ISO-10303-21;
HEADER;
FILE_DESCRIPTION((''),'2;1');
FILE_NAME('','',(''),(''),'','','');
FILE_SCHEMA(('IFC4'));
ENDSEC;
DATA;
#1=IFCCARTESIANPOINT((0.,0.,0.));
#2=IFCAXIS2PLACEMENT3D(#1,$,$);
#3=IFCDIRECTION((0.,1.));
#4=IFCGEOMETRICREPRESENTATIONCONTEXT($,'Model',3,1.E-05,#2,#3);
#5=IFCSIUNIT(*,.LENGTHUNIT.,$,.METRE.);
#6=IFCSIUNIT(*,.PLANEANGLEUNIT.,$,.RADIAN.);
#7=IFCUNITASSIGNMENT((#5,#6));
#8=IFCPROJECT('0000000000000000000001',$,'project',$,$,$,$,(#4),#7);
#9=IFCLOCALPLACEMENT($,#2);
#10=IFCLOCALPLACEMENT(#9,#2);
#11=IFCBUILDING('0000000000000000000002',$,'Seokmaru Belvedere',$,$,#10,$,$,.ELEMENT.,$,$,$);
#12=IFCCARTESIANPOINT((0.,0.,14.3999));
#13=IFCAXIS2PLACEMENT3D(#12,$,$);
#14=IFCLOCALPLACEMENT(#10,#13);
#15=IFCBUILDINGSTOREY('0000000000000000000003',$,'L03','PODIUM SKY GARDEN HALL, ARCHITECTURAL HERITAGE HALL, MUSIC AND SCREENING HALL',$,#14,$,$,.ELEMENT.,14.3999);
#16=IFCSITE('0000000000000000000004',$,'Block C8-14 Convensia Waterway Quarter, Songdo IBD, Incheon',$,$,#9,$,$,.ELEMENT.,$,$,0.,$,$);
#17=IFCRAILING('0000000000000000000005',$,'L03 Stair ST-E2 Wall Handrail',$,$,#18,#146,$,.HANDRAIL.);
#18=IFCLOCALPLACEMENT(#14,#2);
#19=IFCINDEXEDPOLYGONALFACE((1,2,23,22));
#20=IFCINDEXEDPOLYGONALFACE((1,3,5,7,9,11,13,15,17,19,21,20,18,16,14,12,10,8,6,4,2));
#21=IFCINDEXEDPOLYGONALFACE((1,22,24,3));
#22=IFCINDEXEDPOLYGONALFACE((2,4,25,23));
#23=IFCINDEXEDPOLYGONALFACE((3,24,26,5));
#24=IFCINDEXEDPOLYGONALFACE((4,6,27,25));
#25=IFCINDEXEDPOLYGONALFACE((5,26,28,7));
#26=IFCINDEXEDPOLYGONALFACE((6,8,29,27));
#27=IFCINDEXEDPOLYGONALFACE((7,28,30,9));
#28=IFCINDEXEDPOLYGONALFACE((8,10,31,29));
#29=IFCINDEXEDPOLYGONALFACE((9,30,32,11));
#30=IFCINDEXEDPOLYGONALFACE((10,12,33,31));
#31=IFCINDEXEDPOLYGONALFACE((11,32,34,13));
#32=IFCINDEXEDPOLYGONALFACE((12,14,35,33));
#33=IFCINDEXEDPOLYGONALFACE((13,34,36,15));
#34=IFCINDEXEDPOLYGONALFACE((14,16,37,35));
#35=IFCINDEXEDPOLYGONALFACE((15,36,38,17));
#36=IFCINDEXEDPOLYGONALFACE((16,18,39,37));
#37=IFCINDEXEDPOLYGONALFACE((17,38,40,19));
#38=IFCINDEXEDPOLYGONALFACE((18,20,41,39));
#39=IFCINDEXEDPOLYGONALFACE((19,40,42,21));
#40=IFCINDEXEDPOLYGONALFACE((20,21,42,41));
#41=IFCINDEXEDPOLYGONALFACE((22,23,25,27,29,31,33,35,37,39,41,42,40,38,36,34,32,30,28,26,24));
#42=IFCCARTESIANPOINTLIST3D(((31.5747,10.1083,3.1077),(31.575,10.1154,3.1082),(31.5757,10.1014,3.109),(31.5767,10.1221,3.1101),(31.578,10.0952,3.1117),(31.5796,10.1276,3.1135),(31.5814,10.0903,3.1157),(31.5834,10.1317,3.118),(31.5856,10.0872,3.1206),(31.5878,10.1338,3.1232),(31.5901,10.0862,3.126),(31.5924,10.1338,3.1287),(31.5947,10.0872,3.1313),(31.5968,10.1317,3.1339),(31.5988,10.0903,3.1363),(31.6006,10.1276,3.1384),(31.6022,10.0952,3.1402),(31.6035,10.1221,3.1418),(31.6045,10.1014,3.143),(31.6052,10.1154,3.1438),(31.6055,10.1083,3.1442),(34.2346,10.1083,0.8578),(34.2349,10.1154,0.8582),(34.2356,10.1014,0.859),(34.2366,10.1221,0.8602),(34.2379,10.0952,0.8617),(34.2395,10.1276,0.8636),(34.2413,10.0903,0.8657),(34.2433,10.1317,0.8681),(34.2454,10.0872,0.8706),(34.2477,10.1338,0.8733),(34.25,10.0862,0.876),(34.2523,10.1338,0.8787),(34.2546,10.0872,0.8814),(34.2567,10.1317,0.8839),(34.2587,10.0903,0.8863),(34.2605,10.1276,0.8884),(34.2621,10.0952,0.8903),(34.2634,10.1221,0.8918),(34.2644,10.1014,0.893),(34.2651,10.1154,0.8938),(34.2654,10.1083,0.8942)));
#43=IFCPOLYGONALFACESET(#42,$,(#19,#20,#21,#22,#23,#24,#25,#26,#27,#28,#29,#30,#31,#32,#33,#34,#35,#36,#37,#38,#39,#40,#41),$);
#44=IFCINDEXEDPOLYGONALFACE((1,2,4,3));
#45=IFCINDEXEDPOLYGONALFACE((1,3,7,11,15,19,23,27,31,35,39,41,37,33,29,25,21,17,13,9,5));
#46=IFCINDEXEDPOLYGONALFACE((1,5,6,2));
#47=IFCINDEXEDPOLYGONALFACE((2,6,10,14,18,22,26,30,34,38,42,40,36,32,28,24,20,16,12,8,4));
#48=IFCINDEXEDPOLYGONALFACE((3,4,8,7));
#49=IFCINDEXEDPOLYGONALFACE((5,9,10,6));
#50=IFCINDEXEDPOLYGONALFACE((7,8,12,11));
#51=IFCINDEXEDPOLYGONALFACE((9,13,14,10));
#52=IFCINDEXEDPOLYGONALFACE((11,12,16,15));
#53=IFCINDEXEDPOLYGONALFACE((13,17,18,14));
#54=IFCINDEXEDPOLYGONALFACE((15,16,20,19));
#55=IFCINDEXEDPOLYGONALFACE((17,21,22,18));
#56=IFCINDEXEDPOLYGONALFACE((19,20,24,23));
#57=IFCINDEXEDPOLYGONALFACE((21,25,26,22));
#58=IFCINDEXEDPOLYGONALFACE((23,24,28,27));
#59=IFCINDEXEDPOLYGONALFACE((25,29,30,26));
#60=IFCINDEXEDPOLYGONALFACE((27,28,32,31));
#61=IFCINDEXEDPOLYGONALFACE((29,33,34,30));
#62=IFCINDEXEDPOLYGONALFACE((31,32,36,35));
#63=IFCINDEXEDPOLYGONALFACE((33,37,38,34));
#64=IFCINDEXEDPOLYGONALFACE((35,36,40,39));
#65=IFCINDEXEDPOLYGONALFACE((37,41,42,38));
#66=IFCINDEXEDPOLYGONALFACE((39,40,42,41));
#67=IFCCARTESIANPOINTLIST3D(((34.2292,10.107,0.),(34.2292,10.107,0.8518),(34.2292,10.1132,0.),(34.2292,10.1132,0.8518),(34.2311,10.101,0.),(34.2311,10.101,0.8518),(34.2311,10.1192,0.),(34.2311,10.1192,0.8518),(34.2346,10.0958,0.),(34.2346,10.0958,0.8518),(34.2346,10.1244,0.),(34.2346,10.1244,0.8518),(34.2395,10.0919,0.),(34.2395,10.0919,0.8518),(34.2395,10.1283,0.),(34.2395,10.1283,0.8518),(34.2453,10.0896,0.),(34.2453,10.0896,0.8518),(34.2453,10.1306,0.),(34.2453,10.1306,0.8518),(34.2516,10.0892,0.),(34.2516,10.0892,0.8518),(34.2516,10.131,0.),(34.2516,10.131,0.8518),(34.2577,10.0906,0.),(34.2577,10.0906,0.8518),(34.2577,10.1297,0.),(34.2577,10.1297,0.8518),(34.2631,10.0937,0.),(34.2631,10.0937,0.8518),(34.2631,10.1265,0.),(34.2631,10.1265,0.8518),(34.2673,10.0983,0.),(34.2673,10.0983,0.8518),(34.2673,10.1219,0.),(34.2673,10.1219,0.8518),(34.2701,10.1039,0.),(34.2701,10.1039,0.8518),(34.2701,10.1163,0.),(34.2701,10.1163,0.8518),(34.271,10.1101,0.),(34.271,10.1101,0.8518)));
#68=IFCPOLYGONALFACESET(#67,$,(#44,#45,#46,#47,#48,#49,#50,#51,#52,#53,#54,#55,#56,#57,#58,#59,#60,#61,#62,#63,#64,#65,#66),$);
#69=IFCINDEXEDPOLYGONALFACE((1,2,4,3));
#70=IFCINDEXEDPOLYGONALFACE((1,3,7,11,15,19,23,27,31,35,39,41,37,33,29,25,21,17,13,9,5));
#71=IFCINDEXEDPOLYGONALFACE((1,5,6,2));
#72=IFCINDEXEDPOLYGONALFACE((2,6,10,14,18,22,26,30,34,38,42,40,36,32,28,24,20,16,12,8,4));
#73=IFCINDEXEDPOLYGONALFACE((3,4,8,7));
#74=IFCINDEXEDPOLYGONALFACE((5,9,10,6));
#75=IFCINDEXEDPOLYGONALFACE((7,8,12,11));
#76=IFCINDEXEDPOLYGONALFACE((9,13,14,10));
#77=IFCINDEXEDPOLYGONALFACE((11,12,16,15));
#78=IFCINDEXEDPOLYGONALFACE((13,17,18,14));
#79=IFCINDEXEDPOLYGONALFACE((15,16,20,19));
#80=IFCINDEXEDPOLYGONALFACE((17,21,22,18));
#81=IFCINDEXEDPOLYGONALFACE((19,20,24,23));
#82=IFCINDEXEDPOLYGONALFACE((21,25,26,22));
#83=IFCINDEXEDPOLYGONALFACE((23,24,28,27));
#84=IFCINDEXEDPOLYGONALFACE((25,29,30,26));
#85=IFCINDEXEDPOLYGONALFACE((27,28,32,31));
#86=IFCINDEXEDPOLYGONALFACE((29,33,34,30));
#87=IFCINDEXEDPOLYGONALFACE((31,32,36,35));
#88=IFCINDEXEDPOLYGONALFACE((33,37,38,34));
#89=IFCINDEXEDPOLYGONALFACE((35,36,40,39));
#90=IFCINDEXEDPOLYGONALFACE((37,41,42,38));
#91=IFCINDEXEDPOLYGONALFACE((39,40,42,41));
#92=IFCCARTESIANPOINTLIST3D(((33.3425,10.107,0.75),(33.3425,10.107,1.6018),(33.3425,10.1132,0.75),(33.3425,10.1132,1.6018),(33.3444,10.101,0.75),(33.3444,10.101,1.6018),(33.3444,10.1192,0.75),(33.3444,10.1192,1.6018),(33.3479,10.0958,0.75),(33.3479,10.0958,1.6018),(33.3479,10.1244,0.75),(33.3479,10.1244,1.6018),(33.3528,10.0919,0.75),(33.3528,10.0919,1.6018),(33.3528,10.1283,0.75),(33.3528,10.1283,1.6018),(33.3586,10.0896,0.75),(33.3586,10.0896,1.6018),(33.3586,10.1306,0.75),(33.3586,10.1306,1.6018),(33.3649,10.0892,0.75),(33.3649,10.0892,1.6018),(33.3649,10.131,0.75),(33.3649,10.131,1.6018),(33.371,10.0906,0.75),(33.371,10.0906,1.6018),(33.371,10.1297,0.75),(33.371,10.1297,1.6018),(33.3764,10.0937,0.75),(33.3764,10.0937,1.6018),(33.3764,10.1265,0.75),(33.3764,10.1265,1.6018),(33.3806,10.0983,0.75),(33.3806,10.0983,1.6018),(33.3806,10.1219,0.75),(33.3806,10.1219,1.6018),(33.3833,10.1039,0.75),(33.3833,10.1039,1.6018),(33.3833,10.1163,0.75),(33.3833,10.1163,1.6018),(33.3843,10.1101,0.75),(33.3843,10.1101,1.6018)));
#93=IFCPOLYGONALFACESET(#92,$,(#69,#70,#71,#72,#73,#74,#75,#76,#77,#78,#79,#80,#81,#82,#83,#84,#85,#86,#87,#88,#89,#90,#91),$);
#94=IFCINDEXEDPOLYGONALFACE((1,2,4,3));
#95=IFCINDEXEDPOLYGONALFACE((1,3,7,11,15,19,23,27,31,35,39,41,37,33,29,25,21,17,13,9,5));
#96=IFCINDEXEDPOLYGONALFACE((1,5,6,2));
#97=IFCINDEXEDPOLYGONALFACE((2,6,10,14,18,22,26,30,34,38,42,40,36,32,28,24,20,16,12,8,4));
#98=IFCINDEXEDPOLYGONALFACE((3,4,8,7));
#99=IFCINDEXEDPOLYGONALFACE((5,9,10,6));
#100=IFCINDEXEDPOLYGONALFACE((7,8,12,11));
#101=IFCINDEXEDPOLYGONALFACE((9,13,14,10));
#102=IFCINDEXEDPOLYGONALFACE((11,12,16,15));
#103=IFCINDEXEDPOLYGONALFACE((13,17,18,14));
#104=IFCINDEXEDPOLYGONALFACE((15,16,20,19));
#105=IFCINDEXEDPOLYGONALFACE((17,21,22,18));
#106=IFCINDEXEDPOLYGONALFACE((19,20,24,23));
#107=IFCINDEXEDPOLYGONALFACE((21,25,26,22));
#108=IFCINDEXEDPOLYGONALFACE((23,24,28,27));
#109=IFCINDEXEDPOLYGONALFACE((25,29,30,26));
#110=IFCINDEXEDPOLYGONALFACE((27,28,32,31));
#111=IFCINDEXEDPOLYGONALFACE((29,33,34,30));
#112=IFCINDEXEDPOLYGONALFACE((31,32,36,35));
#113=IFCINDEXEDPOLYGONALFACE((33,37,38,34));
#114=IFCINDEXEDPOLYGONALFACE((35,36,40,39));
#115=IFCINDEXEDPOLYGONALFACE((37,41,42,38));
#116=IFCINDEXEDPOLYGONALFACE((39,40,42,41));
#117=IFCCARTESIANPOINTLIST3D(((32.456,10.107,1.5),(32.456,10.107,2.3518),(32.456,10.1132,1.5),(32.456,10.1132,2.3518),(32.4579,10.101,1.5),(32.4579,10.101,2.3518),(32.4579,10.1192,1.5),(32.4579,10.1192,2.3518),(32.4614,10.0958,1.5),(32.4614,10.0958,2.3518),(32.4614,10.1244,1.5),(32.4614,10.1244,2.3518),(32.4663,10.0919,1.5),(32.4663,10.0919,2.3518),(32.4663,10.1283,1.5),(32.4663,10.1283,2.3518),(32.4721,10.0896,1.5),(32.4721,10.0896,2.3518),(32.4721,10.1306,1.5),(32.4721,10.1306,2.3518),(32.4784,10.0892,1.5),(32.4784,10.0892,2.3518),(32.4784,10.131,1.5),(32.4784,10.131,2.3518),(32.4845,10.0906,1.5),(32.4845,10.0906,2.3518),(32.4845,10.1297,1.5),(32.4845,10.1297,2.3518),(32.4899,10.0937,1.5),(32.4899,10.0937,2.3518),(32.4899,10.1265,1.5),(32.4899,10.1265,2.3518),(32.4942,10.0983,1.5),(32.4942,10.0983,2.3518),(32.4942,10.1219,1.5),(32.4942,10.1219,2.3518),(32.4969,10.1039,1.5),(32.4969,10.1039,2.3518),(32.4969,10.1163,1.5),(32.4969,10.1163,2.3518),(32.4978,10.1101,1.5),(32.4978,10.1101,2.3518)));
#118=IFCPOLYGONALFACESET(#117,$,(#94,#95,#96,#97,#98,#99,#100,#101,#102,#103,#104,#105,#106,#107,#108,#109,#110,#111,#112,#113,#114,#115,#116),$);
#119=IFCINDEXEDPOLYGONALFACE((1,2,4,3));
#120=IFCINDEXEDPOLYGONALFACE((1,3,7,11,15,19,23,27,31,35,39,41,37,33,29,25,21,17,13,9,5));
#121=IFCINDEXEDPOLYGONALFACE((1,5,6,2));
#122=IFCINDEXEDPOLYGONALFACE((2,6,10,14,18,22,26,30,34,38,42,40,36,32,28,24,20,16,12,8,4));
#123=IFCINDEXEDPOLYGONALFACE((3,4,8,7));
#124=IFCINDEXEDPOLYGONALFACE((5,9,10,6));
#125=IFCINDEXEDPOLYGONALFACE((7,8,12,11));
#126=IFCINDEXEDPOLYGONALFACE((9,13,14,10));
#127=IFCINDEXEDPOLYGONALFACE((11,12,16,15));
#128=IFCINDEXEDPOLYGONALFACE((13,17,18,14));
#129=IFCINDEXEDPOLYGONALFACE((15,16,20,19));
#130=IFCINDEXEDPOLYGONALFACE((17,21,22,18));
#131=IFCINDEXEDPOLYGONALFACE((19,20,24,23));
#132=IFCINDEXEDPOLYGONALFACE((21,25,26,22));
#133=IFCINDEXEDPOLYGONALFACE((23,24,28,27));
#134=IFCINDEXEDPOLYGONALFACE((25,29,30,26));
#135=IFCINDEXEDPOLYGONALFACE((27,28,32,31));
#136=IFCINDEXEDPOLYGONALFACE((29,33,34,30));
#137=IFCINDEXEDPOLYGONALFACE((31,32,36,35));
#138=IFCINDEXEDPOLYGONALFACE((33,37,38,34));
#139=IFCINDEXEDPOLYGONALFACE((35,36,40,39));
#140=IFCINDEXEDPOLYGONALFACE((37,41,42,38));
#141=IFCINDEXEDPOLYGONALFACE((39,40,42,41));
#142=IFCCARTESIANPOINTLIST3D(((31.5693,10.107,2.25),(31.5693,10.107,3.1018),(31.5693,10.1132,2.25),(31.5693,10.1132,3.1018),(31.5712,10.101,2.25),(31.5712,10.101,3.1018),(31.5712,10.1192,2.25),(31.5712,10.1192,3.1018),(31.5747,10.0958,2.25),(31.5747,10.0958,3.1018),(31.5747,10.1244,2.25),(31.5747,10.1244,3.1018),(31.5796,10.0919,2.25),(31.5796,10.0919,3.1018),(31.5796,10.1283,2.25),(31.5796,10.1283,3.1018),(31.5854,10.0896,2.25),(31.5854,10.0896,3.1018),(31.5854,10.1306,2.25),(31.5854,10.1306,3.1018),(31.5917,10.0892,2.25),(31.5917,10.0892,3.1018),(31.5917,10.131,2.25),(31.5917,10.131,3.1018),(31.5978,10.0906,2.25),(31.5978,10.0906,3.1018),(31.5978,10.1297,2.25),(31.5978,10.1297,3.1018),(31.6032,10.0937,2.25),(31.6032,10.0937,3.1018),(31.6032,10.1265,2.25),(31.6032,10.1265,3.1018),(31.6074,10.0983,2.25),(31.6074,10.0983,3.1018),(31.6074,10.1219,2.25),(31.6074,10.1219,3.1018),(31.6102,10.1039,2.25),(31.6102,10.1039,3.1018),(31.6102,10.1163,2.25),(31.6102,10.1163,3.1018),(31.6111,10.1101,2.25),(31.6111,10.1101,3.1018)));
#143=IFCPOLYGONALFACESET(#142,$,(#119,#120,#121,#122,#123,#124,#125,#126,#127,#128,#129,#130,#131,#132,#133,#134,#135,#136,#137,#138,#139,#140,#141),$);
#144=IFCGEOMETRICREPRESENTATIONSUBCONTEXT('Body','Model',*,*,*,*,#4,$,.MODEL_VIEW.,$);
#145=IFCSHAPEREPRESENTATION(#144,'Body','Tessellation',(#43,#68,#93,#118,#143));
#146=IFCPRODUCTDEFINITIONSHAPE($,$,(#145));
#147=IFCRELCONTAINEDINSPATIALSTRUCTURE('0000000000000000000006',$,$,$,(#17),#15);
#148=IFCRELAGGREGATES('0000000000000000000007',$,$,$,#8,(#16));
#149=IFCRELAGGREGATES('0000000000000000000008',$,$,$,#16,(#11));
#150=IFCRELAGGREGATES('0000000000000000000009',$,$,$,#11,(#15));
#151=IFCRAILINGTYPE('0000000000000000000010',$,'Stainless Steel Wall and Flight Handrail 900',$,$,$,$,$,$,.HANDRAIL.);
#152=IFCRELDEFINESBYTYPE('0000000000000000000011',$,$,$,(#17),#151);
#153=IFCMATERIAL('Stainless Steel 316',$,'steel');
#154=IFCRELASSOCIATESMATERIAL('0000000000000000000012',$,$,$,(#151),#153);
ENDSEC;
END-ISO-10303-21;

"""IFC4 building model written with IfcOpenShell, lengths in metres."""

from ifc_helpers import new_model, si_unit, direction, frame, origin, origin_2d, place, context, subcontext, project, spatial, circle, extrude, material, type_object, element, save


model = new_model("IFC4")

# Units and contexts
model_context = context("Model", 3, precision=1e-05, world=origin(), true_north=direction((0.0, 1.0)))
body_context = subcontext(model_context, "Body", "Model", "MODEL_VIEW")
ifc_project = project(units=[si_unit("LENGTHUNIT", "METRE"), si_unit("PLANEANGLEUNIT", "RADIAN")], contexts=[model_context])

# Site, building, storey
site_placement = place(None, origin())
site = spatial("IfcSite", under=ifc_project, at=site_placement, Name="Block C8-14 Convensia Waterway Quarter, Songdo IBD, Incheon", CompositionType="ELEMENT", RefElevation=0.0)
building_placement = place(site_placement, origin())
building = spatial("IfcBuilding", under=site, at=building_placement, Name="Seokmaru Belvedere", CompositionType="ELEMENT")
storey_placement = place(building_placement, frame((0.0, 0.0, 14.3999)))
storey = spatial("IfcBuildingStorey", under=building, at=storey_placement, Name="L03", Description="PODIUM SKY GARDEN HALL, ARCHITECTURAL HERITAGE HALL, MUSIC AND SCREENING HALL", CompositionType="ELEMENT", Elevation=14.3999)

# Railing
ifc_material_1 = material(Name="Stainless Steel 316", Category="steel")
railing_type_1 = type_object("IfcRailingType", Name="Stainless Steel Wall and Flight Handrail 900", PredefinedType="HANDRAIL", material=ifc_material_1)
railing_1_placement = place(storey_placement, frame((34.25, 10.1101, 0.0)))
element("IfcRailing", 1, at=railing_1_placement, inside=storey, type_object=railing_type_1, Name="L03 Stair ST-E2 Wall Handrail", PredefinedType="HANDRAIL", context=body_context, shape_type="SweptSolid", body=[
    extrude(circle(Radius=0.0239, at=origin_2d()), frame((0.0, 0.0, 0.876), z_axis=(-0.763485, 0.0, 0.645826), x_axis=(0.0, -1.0, 0.0)), (0.0, 0.0, 1.0), 3.4839),
    extrude(circle(Radius=0.021, at=origin_2d()), origin(), (0.0, 0.0, 1.0), 0.8518),
    extrude(circle(Radius=0.021, at=origin_2d()), frame((-0.8867, 0.0, 0.75)), (0.0, 0.0, 1.0), 0.8518),
    extrude(circle(Radius=0.021, at=origin_2d()), frame((-1.7732, 0.0, 1.5)), (0.0, 0.0, 1.0), 0.8518),
    extrude(circle(Radius=0.021, at=origin_2d()), frame((-2.6599, 0.0, 2.25)), (0.0, 0.0, 1.0), 0.8518),
])

save(model, "model.ifc")
